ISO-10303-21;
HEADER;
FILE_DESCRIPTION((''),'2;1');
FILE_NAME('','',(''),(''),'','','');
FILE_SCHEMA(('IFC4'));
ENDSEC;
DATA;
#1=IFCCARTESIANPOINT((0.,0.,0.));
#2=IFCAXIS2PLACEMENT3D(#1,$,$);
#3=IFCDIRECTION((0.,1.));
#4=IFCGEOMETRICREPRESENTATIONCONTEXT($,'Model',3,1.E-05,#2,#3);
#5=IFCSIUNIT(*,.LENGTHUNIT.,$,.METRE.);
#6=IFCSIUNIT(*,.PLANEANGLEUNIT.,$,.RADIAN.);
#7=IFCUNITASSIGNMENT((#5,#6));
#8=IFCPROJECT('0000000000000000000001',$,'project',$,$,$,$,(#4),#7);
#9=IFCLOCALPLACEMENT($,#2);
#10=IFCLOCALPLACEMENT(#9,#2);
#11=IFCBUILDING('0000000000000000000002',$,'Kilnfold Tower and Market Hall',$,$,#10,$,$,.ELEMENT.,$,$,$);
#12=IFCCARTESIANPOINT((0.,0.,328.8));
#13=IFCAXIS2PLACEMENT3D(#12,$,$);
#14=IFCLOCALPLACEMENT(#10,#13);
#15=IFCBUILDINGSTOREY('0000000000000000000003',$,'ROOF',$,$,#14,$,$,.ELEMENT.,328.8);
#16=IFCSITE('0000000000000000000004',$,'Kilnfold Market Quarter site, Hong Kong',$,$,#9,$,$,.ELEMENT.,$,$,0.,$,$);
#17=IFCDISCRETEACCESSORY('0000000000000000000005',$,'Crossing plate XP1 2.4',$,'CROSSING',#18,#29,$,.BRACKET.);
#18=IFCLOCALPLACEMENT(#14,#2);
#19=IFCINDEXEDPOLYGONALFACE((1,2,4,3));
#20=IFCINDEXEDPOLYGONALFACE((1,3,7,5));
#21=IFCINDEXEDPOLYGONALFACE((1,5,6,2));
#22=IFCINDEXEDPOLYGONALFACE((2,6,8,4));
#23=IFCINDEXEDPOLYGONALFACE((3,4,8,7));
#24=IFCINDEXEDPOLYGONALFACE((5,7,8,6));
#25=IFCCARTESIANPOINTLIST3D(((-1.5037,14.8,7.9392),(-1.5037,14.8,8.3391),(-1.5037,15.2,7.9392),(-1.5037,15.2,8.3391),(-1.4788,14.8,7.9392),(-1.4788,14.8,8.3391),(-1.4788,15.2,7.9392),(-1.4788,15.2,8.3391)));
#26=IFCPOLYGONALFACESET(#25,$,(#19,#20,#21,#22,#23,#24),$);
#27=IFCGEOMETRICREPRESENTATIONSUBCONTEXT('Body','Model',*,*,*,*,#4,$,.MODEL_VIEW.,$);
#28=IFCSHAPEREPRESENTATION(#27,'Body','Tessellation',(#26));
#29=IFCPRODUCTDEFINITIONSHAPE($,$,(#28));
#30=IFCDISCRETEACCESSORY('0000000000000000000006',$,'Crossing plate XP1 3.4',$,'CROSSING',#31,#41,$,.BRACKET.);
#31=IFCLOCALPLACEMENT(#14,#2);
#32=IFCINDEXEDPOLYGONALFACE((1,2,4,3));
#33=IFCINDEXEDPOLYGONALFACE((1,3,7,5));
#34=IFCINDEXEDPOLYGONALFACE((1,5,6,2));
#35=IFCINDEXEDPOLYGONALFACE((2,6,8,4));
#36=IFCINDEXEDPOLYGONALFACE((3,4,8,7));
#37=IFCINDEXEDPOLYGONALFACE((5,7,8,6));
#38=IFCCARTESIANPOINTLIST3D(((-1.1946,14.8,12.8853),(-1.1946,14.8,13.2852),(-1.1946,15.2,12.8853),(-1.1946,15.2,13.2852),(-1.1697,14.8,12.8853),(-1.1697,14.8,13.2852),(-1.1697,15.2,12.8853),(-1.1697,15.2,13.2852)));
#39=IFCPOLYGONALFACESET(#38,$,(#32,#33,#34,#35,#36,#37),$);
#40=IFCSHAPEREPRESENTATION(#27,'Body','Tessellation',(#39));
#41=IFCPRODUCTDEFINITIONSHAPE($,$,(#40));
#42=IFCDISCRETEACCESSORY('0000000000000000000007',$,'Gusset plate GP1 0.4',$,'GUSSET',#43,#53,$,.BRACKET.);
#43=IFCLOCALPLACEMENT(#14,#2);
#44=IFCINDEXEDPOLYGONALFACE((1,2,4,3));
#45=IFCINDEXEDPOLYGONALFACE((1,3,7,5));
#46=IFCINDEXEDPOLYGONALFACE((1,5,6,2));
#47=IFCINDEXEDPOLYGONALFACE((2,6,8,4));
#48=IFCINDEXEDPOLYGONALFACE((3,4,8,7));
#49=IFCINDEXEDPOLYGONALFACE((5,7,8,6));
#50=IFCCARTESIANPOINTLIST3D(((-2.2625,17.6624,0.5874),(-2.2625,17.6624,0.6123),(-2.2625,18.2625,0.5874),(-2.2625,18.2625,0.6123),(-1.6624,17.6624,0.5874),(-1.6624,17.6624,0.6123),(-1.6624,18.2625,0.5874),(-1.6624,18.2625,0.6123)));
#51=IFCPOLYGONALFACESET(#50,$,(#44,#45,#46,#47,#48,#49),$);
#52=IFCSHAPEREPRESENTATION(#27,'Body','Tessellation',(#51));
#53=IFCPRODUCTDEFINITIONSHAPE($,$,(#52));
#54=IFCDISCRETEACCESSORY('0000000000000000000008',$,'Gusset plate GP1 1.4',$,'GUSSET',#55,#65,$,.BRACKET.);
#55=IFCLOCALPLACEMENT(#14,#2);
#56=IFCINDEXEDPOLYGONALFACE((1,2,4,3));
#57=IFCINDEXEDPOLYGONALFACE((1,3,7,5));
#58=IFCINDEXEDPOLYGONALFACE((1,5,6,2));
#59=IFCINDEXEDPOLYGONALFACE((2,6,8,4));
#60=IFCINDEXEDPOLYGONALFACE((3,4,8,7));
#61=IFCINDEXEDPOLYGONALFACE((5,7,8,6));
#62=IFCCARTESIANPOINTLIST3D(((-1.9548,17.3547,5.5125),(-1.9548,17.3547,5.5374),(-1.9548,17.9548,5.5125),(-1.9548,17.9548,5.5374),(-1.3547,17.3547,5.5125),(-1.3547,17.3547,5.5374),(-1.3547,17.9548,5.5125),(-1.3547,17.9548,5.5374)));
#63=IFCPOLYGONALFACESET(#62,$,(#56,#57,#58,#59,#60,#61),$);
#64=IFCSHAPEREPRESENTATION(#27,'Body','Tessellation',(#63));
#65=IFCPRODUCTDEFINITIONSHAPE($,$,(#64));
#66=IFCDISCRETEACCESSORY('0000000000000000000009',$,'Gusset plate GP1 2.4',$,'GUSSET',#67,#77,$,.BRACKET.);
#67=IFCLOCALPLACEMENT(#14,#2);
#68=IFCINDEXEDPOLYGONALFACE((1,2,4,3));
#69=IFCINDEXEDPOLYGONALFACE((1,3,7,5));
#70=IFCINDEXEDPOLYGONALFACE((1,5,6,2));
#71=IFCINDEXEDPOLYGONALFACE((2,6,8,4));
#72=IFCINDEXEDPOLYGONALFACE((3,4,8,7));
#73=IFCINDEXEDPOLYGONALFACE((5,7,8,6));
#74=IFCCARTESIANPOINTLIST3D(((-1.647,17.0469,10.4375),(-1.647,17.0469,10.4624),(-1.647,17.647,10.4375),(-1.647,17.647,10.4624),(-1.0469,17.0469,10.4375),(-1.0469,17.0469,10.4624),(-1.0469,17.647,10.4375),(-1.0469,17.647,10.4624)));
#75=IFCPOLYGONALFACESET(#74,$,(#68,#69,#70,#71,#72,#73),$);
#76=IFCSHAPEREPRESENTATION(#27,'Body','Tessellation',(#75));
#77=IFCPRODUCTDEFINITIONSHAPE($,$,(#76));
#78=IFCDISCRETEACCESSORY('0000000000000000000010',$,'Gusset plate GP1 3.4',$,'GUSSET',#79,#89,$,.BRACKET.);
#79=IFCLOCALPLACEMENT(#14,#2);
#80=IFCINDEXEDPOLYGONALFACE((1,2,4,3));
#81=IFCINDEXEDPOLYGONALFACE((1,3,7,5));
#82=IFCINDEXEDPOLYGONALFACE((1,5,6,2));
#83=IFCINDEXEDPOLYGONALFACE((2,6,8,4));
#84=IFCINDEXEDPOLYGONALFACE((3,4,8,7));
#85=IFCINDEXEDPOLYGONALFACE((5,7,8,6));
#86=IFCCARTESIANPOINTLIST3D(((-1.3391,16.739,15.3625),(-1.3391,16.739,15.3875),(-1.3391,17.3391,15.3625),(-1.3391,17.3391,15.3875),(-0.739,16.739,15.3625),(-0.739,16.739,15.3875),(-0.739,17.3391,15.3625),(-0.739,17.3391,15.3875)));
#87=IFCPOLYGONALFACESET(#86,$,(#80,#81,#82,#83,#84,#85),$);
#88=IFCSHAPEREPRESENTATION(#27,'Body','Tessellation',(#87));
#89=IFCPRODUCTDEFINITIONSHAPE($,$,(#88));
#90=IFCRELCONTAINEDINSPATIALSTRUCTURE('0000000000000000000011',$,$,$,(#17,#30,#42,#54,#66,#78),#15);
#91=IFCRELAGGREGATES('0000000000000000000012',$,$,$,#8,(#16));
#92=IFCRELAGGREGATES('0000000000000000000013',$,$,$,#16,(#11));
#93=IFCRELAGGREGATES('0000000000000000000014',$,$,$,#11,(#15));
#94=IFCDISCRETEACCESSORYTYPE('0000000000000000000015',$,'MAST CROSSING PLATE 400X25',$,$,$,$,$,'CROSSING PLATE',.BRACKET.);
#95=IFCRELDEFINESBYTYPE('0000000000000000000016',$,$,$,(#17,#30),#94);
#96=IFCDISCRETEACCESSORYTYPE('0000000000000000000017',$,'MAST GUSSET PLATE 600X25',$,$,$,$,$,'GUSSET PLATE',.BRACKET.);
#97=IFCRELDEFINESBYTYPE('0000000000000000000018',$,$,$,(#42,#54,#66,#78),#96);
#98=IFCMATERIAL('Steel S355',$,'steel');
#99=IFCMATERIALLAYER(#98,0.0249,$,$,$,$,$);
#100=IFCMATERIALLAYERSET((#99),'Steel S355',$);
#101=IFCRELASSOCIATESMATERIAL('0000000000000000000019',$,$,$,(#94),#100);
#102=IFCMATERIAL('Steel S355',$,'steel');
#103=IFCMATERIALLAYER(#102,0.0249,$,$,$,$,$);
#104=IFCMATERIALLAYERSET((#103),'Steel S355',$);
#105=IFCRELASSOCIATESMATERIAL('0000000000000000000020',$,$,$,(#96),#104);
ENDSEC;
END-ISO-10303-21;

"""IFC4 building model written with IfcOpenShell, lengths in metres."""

from ifc_helpers import new_model, si_unit, direction, frame, origin, origin_2d, place, context, subcontext, project, spatial, rectangle, extrude, source, transform, mapped, material, layer, layer_set, type_object, element, save


model = new_model("IFC4")

# Units and contexts
model_context = context("Model", 3, precision=1e-05, world=origin(), true_north=direction((0.0, 1.0)))
body_context = subcontext(model_context, "Body", "Model", "MODEL_VIEW")
ifc_project = project(units=[si_unit("LENGTHUNIT", "METRE"), si_unit("PLANEANGLEUNIT", "RADIAN")], contexts=[model_context])

# Site, building, storey
site_placement = place(None, origin())
site = spatial("IfcSite", under=ifc_project, at=site_placement, Name="Kilnfold Market Quarter site, Hong Kong", CompositionType="ELEMENT", RefElevation=0.0)
building_placement = place(site_placement, origin())
building = spatial("IfcBuilding", under=site, at=building_placement, Name="Kilnfold Tower and Market Hall", CompositionType="ELEMENT")
storey_placement = place(building_placement, frame((0.0, 0.0, 328.8)))
storey = spatial("IfcBuildingStorey", under=building, at=storey_placement, Name="ROOF", CompositionType="ELEMENT", Elevation=328.8)

# Discrete accessories
ifc_material_1 = material(Name="Steel S355", Category="steel")
ifc_layer_1 = layer(ifc_material_1, 0.0249)
ifc_layer_set_1 = layer_set([ifc_layer_1], Name="Steel S355")
discrete_accessory_type_1 = type_object("IfcDiscreteAccessoryType", Name="MAST CROSSING PLATE 400X25", ElementType="CROSSING PLATE", PredefinedType="BRACKET", material=ifc_layer_set_1)
shared_shape_1 = source(origin(), body_context, "Body", "SweptSolid", [
    extrude(rectangle(XDim=0.0249, YDim=0.3999, at=origin_2d()), origin(), (0.0, 0.0, 1.0), 0.3999),
])
for number, where, z_axis, x_axis, name in (
    (1, (-1.4912, 15.0, 7.9392), (0.0, 0.0, 1.0), (1.0, 0.0, 0.0), "Crossing plate XP1 2.4"),
    (2, (-1.1821, 15.0, 12.8853), (0.0, 0.0, 1.0), (1.0, 0.0, 0.0), "Crossing plate XP1 3.4"),
):
    element("IfcDiscreteAccessory", number, at=place(storey_placement, frame(where, z_axis=z_axis, x_axis=x_axis)), inside=storey, type_object=discrete_accessory_type_1, Name=name, ObjectType="CROSSING", PredefinedType="BRACKET", context=body_context, shape_type="MappedRepresentation", body=[
        mapped(shared_shape_1, transform((0.0, 0.0, 0.0))),
    ])
ifc_material_2 = material(Name="Steel S355", Category="steel")
ifc_layer_2 = layer(ifc_material_2, 0.0249)
ifc_layer_set_2 = layer_set([ifc_layer_2], Name="Steel S355")
discrete_accessory_type_2 = type_object("IfcDiscreteAccessoryType", Name="MAST GUSSET PLATE 600X25", ElementType="GUSSET PLATE", PredefinedType="BRACKET", material=ifc_layer_set_2)
shared_shape_2 = source(origin(), body_context, "Body", "SweptSolid", [
    extrude(rectangle(XDim=0.6001, YDim=0.6001, at=origin_2d()), origin(), (0.0, 0.0, 1.0), 0.0249),
])
for number, where, z_axis, x_axis, name in (
    (3, (-1.9624, 17.9624, 0.5874), (0.0, 0.0, 1.0), (1.0, 0.0, 0.0), "Gusset plate GP1 0.4"),
    (4, (-1.6548, 17.6548, 5.5125), (0.0, 0.0, 1.0), (1.0, 0.0, 0.0), "Gusset plate GP1 1.4"),
    (5, (-1.3469, 17.3469, 10.4375), (0.0, 0.0, 1.0), (1.0, 0.0, 0.0), "Gusset plate GP1 2.4"),
    (6, (-1.0391, 17.0391, 15.3625), (0.0, 0.0, 1.0), (1.0, 0.0, 0.0), "Gusset plate GP1 3.4"),
):
    element("IfcDiscreteAccessory", number, at=place(storey_placement, frame(where, z_axis=z_axis, x_axis=x_axis)), inside=storey, type_object=discrete_accessory_type_2, Name=name, ObjectType="GUSSET", PredefinedType="BRACKET", context=body_context, shape_type="MappedRepresentation", body=[
        mapped(shared_shape_2, transform((0.0, 0.0, 0.0))),
    ])

save(model, "model.ifc")
